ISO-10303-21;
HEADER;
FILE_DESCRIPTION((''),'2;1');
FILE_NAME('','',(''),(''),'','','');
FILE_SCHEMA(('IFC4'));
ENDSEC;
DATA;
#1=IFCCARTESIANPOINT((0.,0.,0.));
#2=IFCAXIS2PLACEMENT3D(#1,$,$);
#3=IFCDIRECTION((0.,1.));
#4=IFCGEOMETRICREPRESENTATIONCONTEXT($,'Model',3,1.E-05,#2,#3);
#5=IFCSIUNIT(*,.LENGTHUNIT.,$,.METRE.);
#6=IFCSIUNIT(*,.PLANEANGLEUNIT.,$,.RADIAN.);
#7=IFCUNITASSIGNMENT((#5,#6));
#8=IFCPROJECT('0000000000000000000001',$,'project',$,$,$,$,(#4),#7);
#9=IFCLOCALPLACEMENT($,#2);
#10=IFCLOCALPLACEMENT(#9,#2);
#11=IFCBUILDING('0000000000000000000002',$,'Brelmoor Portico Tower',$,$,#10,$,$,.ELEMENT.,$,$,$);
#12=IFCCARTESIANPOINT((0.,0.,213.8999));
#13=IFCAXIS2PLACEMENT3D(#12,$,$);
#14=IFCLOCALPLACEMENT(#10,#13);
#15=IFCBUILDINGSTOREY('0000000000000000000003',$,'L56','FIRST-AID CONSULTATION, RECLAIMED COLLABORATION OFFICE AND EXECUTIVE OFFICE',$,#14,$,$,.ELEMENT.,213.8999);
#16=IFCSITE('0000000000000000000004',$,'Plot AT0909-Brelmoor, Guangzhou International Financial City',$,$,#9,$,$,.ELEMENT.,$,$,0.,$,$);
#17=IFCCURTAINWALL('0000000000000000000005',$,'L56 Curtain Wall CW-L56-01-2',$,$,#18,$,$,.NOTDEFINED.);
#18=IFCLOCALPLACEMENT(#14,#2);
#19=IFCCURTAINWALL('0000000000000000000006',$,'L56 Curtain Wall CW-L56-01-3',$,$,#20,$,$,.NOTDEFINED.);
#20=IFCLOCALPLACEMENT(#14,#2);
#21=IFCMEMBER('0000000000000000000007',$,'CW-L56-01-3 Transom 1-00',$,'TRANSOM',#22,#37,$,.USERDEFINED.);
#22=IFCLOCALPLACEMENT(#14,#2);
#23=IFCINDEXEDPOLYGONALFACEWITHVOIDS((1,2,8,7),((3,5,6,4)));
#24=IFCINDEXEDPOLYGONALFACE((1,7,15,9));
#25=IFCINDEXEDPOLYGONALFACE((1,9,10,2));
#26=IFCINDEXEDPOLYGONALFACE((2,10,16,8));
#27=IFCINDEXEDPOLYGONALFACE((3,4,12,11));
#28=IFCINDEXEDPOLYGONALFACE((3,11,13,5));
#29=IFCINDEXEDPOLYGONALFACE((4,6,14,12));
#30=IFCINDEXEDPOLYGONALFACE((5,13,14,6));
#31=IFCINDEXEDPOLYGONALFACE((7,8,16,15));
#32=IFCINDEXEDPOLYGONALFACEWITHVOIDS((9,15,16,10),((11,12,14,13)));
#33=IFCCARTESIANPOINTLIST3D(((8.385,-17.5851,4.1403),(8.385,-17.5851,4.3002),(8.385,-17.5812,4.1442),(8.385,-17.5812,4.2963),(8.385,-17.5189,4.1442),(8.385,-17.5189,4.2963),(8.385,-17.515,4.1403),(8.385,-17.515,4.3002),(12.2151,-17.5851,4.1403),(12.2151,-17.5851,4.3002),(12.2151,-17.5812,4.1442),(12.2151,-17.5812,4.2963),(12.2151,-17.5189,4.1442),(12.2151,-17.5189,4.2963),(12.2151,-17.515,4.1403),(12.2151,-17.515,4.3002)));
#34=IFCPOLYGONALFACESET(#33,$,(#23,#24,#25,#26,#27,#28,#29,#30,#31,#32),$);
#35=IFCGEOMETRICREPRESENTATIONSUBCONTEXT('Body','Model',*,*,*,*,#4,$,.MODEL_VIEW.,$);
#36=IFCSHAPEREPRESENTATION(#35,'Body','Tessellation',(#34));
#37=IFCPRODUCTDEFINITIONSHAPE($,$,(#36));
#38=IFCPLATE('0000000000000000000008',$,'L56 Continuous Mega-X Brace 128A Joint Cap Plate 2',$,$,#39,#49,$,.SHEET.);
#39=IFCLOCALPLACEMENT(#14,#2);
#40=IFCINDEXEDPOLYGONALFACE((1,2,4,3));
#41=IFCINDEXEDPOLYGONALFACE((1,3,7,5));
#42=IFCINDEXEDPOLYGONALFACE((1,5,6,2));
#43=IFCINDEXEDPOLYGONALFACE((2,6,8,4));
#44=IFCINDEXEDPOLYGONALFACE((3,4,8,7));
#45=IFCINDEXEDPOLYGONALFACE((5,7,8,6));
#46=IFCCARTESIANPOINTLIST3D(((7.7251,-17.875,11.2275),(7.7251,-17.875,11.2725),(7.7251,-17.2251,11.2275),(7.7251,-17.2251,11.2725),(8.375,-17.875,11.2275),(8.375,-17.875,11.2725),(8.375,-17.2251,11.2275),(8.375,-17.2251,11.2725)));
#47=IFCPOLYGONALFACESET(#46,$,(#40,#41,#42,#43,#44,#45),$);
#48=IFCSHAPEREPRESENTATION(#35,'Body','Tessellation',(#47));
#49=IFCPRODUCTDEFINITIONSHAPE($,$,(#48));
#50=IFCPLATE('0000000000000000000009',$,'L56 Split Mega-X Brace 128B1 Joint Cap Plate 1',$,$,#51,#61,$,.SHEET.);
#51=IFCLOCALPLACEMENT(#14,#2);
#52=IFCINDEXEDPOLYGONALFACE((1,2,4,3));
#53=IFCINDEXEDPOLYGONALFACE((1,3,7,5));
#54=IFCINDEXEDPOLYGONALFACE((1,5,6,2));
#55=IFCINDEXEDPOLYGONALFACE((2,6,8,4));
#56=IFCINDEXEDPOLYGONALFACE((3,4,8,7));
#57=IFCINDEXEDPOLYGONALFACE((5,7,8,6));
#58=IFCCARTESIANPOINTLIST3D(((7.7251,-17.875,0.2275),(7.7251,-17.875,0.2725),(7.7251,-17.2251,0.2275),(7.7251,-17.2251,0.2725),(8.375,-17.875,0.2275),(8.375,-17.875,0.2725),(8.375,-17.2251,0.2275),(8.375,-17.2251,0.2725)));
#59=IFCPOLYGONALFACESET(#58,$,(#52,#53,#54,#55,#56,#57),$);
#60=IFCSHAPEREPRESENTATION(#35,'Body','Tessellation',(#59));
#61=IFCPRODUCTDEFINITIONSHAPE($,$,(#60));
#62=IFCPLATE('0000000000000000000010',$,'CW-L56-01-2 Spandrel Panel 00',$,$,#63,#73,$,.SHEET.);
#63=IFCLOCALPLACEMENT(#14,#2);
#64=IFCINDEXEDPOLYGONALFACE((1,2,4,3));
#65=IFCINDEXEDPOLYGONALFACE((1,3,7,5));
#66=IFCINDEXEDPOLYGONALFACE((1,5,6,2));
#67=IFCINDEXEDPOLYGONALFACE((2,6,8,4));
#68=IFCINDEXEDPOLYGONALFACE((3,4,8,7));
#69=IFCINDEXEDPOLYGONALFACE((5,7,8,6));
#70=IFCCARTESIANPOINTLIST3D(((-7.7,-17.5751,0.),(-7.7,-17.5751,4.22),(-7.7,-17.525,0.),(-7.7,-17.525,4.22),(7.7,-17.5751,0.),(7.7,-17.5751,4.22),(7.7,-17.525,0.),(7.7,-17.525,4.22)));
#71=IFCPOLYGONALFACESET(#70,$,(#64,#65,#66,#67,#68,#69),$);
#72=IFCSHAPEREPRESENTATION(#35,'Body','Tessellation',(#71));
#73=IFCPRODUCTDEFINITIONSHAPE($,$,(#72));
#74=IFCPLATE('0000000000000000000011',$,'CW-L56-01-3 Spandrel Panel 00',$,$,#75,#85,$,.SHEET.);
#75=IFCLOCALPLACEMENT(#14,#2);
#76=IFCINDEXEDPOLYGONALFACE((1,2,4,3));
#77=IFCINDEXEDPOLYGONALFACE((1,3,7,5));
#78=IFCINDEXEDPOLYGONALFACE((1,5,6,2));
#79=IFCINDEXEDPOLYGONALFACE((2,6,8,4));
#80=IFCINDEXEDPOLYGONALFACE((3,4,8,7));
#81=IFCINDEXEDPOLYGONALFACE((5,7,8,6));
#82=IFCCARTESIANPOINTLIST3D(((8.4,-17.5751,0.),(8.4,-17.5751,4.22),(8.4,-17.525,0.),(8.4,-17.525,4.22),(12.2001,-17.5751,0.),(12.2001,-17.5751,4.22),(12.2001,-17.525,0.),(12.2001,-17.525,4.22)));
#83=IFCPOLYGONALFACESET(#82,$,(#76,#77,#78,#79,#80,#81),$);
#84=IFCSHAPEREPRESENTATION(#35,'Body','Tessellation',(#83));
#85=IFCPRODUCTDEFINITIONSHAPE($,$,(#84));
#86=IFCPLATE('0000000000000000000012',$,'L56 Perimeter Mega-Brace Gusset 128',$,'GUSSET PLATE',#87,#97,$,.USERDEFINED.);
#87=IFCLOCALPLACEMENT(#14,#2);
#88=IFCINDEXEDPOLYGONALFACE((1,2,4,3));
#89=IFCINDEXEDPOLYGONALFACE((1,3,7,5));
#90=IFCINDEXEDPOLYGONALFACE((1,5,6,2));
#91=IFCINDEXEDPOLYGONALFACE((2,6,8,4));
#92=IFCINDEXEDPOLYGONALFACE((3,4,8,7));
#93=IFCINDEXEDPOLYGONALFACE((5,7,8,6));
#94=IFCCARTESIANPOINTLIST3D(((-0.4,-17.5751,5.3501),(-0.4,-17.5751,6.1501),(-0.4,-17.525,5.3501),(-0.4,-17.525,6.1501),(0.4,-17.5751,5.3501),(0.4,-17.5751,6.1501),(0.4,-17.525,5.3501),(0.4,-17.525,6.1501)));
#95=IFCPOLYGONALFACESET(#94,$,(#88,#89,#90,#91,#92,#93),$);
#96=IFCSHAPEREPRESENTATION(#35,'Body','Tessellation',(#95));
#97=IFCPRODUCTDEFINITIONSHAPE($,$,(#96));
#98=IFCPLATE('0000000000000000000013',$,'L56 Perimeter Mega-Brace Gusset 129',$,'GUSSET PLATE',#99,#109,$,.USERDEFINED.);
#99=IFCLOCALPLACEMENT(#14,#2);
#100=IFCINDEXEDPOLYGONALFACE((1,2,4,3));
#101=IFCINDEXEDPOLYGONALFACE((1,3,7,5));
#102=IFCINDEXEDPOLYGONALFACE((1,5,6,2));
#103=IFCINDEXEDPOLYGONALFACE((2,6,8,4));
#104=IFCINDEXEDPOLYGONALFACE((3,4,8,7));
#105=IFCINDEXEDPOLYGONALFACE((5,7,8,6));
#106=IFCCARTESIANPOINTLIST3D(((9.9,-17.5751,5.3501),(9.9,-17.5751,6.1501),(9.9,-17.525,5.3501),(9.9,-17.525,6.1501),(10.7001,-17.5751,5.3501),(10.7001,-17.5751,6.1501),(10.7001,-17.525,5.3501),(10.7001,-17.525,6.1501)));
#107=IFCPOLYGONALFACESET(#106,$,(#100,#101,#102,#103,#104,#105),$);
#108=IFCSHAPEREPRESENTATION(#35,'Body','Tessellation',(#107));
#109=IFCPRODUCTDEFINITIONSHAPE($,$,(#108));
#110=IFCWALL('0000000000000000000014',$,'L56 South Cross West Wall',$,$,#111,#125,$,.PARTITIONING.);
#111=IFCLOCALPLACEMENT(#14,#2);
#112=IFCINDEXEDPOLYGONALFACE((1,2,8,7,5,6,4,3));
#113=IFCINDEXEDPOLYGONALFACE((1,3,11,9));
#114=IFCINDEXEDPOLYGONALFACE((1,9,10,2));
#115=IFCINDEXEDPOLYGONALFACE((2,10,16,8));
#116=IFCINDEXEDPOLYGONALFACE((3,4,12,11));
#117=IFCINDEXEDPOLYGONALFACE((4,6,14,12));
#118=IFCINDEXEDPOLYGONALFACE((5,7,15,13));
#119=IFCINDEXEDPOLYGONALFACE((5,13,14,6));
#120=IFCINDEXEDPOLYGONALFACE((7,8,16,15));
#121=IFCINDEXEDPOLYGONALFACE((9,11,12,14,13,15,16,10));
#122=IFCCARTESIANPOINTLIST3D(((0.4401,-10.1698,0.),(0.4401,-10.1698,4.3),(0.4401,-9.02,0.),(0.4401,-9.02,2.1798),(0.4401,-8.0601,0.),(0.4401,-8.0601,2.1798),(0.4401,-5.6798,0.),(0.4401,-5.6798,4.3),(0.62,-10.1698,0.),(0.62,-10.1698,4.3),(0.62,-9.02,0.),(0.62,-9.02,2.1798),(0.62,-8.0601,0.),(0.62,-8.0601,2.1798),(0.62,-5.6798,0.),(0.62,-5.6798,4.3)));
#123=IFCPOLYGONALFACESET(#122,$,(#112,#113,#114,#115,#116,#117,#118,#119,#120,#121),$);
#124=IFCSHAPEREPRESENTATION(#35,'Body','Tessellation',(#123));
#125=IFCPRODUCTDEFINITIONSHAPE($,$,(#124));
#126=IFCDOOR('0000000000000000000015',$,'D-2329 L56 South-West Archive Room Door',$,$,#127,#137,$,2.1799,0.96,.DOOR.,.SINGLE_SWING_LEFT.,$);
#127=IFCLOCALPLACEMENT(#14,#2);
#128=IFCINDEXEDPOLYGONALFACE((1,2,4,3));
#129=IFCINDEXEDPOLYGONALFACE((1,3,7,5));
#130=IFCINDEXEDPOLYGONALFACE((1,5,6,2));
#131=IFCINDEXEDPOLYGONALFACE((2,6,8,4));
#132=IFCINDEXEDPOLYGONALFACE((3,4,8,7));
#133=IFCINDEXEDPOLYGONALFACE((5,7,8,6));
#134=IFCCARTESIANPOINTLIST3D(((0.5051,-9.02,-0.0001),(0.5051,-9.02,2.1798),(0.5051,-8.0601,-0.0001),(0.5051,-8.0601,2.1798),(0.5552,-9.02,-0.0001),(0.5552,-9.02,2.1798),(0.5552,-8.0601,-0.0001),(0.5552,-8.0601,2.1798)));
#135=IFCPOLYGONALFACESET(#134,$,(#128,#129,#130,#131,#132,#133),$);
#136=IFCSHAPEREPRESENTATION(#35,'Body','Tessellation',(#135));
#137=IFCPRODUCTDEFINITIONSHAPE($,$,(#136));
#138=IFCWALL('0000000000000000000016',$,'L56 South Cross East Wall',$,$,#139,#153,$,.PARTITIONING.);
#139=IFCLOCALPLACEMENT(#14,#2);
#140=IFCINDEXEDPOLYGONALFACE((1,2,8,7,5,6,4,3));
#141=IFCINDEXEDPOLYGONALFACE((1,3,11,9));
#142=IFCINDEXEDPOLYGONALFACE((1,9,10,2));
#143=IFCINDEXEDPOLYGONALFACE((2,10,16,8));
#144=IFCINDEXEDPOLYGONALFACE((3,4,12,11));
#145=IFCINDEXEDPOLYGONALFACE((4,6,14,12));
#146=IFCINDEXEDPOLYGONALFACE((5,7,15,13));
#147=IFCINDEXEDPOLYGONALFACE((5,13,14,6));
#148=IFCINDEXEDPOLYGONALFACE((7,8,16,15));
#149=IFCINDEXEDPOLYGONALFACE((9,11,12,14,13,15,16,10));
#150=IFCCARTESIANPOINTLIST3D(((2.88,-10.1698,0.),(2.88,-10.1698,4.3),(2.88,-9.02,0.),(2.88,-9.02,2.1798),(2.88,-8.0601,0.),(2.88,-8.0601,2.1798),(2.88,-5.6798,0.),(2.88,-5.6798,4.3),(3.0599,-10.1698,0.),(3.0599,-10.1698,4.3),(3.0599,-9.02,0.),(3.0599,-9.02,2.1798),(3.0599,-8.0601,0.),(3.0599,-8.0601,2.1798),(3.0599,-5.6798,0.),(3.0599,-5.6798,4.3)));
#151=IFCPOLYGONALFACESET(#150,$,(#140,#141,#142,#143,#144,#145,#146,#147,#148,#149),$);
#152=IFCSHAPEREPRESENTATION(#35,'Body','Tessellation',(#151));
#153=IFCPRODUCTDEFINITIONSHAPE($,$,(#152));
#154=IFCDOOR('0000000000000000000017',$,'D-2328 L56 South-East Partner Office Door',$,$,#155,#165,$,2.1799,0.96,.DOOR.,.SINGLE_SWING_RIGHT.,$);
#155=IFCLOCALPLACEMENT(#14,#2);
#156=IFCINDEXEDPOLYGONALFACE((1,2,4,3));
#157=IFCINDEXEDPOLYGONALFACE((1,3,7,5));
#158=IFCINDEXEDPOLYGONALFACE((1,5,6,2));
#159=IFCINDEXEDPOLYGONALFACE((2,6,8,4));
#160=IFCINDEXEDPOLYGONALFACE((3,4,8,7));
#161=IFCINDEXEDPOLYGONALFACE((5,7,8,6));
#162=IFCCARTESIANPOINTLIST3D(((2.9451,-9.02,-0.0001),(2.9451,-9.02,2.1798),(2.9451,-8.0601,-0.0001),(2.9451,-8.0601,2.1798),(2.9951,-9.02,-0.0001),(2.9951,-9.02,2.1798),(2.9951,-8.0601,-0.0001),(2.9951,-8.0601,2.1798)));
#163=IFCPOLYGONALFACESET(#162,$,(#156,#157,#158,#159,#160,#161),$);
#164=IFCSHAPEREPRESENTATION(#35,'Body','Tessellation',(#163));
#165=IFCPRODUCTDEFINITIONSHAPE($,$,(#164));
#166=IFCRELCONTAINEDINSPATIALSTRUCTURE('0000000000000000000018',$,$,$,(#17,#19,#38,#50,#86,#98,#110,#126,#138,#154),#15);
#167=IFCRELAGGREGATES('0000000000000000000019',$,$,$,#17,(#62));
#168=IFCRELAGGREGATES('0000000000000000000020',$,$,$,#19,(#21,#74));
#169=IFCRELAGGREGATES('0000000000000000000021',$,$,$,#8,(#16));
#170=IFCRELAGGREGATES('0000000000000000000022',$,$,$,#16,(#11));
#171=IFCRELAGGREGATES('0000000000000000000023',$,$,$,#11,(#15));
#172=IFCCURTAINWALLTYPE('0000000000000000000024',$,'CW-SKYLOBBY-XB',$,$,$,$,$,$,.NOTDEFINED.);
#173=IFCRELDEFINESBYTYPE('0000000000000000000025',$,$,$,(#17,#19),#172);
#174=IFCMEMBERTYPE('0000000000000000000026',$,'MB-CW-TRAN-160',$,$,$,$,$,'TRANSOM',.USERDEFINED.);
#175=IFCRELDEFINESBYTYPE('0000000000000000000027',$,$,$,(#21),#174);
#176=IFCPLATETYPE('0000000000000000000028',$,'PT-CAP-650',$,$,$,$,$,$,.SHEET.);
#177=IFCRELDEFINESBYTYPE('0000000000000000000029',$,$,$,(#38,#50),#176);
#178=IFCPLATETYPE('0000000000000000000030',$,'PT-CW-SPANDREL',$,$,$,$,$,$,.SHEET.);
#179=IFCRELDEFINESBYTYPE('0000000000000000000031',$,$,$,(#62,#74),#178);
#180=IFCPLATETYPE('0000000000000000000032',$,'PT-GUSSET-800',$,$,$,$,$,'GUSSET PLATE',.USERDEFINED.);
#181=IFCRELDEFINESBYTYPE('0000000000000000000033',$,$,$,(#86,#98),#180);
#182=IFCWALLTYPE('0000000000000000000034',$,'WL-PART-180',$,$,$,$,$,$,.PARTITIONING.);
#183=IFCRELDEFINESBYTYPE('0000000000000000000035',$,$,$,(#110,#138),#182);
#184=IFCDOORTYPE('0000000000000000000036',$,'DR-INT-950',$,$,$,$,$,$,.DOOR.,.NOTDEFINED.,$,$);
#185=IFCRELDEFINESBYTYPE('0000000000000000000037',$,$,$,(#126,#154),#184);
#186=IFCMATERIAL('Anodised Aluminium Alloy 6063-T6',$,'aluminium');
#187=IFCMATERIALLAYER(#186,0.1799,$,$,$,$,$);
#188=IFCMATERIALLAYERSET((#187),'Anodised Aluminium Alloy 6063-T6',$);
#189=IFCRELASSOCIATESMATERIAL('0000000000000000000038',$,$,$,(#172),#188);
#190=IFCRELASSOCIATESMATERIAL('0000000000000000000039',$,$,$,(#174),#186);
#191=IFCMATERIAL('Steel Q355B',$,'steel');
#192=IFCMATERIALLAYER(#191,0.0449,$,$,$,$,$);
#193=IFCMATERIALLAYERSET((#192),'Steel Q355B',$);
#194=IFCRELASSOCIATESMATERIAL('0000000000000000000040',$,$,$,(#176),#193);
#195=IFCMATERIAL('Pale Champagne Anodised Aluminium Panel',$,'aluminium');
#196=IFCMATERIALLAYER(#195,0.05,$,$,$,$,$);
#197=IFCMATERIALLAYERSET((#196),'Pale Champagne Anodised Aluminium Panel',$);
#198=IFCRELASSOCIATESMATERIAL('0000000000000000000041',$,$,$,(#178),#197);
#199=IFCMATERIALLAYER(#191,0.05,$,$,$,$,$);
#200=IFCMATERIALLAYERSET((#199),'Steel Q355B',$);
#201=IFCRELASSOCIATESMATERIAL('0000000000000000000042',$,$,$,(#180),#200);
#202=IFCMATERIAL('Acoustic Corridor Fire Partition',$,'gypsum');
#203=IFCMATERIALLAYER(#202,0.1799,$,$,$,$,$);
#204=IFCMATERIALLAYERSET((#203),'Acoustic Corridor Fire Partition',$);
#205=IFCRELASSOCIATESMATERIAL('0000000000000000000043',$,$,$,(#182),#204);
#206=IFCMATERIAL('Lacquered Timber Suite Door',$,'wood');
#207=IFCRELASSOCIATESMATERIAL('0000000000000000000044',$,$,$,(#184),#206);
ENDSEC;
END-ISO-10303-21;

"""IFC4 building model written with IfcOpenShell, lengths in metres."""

from ifc_helpers import new_model, si_unit, direction, frame, frame_2d, origin, origin_2d, place, context, subcontext, project, spatial, rectangle, hollow_rectangle, extrude, material, layer, layer_set, material_profile, profile_set, type_object, element, fill, aggregate, save


model = new_model("IFC4")

# Units and contexts
model_context = context("Model", 3, precision=1e-05, world=origin(), true_north=direction((0.0, 1.0)))
body_context = subcontext(model_context, "Body", "Model", "MODEL_VIEW")
ifc_project = project(units=[si_unit("LENGTHUNIT", "METRE"), si_unit("PLANEANGLEUNIT", "RADIAN")], contexts=[model_context])

# Site, building, storey
site_placement = place(None, origin())
site = spatial("IfcSite", under=ifc_project, at=site_placement, Name="Plot AT0909-Brelmoor, Guangzhou International Financial City", CompositionType="ELEMENT", RefElevation=0.0)
building_placement = place(site_placement, origin())
building = spatial("IfcBuilding", under=site, at=building_placement, Name="Brelmoor Portico Tower", CompositionType="ELEMENT")
storey_placement = place(building_placement, frame((0.0, 0.0, 213.8999)))
storey = spatial("IfcBuildingStorey", under=building, at=storey_placement, Name="L56", Description="FIRST-AID CONSULTATION, RECLAIMED COLLABORATION OFFICE AND EXECUTIVE OFFICE", CompositionType="ELEMENT", Elevation=213.8999)

# Shared definitions
ifc_material_1 = material(Name="Steel Q355B", Category="steel")

# Curtain wall
ifc_material_2 = material(Name="Anodised Aluminium Alloy 6063-T6", Category="aluminium")
ifc_layer_1 = layer(ifc_material_2, 0.1799)
ifc_layer_set_1 = layer_set([ifc_layer_1], Name="Anodised Aluminium Alloy 6063-T6")
curtain_wall_type = type_object("IfcCurtainWallType", Name="CW-SKYLOBBY-XB", PredefinedType="NOTDEFINED", material=ifc_layer_set_1)
curtain_wall_1_placement = place(storey_placement, origin())
curtain_wall_1 = element("IfcCurtainWall", 1, at=curtain_wall_1_placement, inside=storey, type_object=curtain_wall_type, Name="L56 Curtain Wall CW-L56-01-2", PredefinedType="NOTDEFINED")

# Curtain wall, member
curtain_wall_2_placement = place(storey_placement, origin())
curtain_wall_2 = element("IfcCurtainWall", 2, at=curtain_wall_2_placement, inside=storey, type_object=curtain_wall_type, Name="L56 Curtain Wall CW-L56-01-3", PredefinedType="NOTDEFINED")
ifc_material_profile_1 = material_profile(ifc_material_2, hollow_rectangle(XDim=0.0701, YDim=0.1599, WallThickness=0.0039, at=origin_2d()), Name="ALU TRANSOM 70x160")
ifc_profile_set_1 = profile_set([ifc_material_profile_1], Name="Anodised Aluminium Alloy 6063-T6")
member_type_1 = type_object("IfcMemberType", Name="MB-CW-TRAN-160", ElementType="TRANSOM", PredefinedType="USERDEFINED", material=ifc_profile_set_1)
member_1_placement = place(storey_placement, frame((8.385, -17.55, 4.2202), z_axis=(1.0, 0.0, 0.0), x_axis=(0.0, 1.0, 0.0)))
member_1 = element("IfcMember", 3, at=member_1_placement, type_object=member_type_1, Name="CW-L56-01-3 Transom 1-00", ObjectType="TRANSOM", PredefinedType="USERDEFINED", context=body_context, shape_type="SweptSolid", body=[
    extrude(hollow_rectangle(XDim=0.0701, YDim=0.1599, WallThickness=0.0039, at=origin_2d()), origin(), (0.0, 0.0, 1.0), 3.8301),
])

# Plates
ifc_layer_2 = layer(ifc_material_1, 0.0449)
ifc_layer_set_2 = layer_set([ifc_layer_2], Name="Steel Q355B")
plate_type_1 = type_object("IfcPlateType", Name="PT-CAP-650", PredefinedType="SHEET", material=ifc_layer_set_2)
for number, where, z_axis, x_axis, name in (
    (4, (8.05, -17.55, 11.2275), (0.0, 0.0, 1.0), (1.0, 0.0, 0.0), "L56 Continuous Mega-X Brace 128A Joint Cap Plate 2"),
    (5, (8.05, -17.55, 0.2275), (0.0, 0.0, 1.0), (1.0, 0.0, 0.0), "L56 Split Mega-X Brace 128B1 Joint Cap Plate 1"),
):
    element("IfcPlate", number, at=place(storey_placement, frame(where, z_axis=z_axis, x_axis=x_axis)), inside=storey, type_object=plate_type_1, Name=name, PredefinedType="SHEET", context=body_context, shape_type="SweptSolid", body=[
        extrude(rectangle(XDim=0.6499, YDim=0.6499, at=origin_2d()), origin(), (0.0, 0.0, 1.0), 0.0449),
    ])

# Plates
ifc_material_3 = material(Name="Pale Champagne Anodised Aluminium Panel", Category="aluminium")
ifc_layer_3 = layer(ifc_material_3, 0.05)
ifc_layer_set_3 = layer_set([ifc_layer_3], Name="Pale Champagne Anodised Aluminium Panel")
plate_type_2 = type_object("IfcPlateType", Name="PT-CW-SPANDREL", PredefinedType="SHEET", material=ifc_layer_set_3)
plate_1_placement = place(storey_placement, frame((0.0, -17.55, 0.0), z_axis=(0.0, 0.0, 1.0), x_axis=(1.0, 0.0, 0.0)))
plate_1 = element("IfcPlate", 6, at=plate_1_placement, type_object=plate_type_2, Name="CW-L56-01-2 Spandrel Panel 00", PredefinedType="SHEET", context=body_context, shape_type="SweptSolid", body=[
    extrude(rectangle(XDim=15.3999, YDim=0.05, at=origin_2d()), origin(), (0.0, 0.0, 1.0), 4.22),
])
aggregate(curtain_wall_1, [plate_1])
plate_2_placement = place(storey_placement, frame((10.3, -17.55, 0.0), z_axis=(0.0, 0.0, 1.0), x_axis=(1.0, 0.0, 0.0)))
plate_2 = element("IfcPlate", 7, at=plate_2_placement, type_object=plate_type_2, Name="CW-L56-01-3 Spandrel Panel 00", PredefinedType="SHEET", context=body_context, shape_type="SweptSolid", body=[
    extrude(rectangle(XDim=3.8, YDim=0.05, at=origin_2d()), origin(), (0.0, 0.0, 1.0), 4.22),
])
aggregate(curtain_wall_2, [member_1, plate_2])

# Plates
ifc_layer_4 = layer(ifc_material_1, 0.05)
ifc_layer_set_4 = layer_set([ifc_layer_4], Name="Steel Q355B")
plate_type_3 = type_object("IfcPlateType", Name="PT-GUSSET-800", ElementType="GUSSET PLATE", PredefinedType="USERDEFINED", material=ifc_layer_set_4)
for number, where, z_axis, x_axis, name in (
    (8, (0.0, -17.55, 5.3501), (0.0, 0.0, 1.0), (1.0, 0.0, 0.0), "L56 Perimeter Mega-Brace Gusset 128"),
    (9, (10.3, -17.55, 5.3501), (0.0, 0.0, 1.0), (1.0, 0.0, 0.0), "L56 Perimeter Mega-Brace Gusset 129"),
):
    element("IfcPlate", number, at=place(storey_placement, frame(where, z_axis=z_axis, x_axis=x_axis)), inside=storey, type_object=plate_type_3, Name=name, ObjectType="GUSSET PLATE", PredefinedType="USERDEFINED", context=body_context, shape_type="SweptSolid", body=[
        extrude(rectangle(XDim=0.8, YDim=0.05, at=origin_2d()), origin(), (0.0, 0.0, 1.0), 0.8),
    ])

# Walls, openings, doors
ifc_material_4 = material(Name="Acoustic Corridor Fire Partition", Category="gypsum")
ifc_layer_5 = layer(ifc_material_4, 0.1799)
ifc_layer_set_5 = layer_set([ifc_layer_5], Name="Acoustic Corridor Fire Partition")
wall_type = type_object("IfcWallType", Name="WL-PART-180", PredefinedType="PARTITIONING", material=ifc_layer_set_5)
wall_1_placement = place(storey_placement, frame((0.53, -10.1699, 0.0), z_axis=(0.0, 0.0, 1.0), x_axis=(0.0, 1.0, 0.0)))
wall_1 = element("IfcWall", 10, at=wall_1_placement, inside=storey, type_object=wall_type, Name="L56 South Cross West Wall", PredefinedType="PARTITIONING", context=body_context, shape_type="SweptSolid", body=[
    extrude(rectangle(XDim=4.49, YDim=0.1799, at=frame_2d((2.2451, 0.0))), origin(), (0.0, 0.0, 1.0), 4.3),
])
opening_1_placement = place(wall_1_placement, frame((1.1499, 0.0, 0.0)))
opening_1 = element("IfcOpeningElement", 11, at=opening_1_placement, cuts=wall_1, PredefinedType="OPENING", context=body_context, shape_type="SweptSolid", body=[
    extrude(rectangle(XDim=0.96, YDim=2.1799, at=frame_2d((0.48, 1.0898))), frame((0.0, 0.0999, 0.0), z_axis=(0.0, -1.0, 0.0), x_axis=(1.0, 0.0, 0.0)), (0.0, 0.0, 1.0), 0.2),
])
ifc_material_5 = material(Name="Lacquered Timber Suite Door", Category="wood")
door_type_1 = type_object("IfcDoorType", Name="DR-INT-950", OperationType="NOTDEFINED", PredefinedType="DOOR", material=ifc_material_5)
door_1_placement = place(opening_1_placement, origin())
door_1 = element("IfcDoor", 12, at=door_1_placement, inside=storey, type_object=door_type_1, Name="D-2329 L56 South-West Archive Room Door", OperationType="SINGLE_SWING_LEFT", OverallHeight=2.1799, OverallWidth=0.96, PredefinedType="DOOR", context=body_context, shape_type="SweptSolid", body=[
    extrude(rectangle(XDim=0.96, YDim=2.1799, at=frame_2d((0.48, 1.0898))), frame((0.0, 0.0249, 0.0), z_axis=(0.0, -1.0, 0.0), x_axis=(1.0, 0.0, 0.0)), (0.0, 0.0, 1.0), 0.05),
])
fill(opening_1, door_1)
wall_2_placement = place(storey_placement, frame((2.97, -10.1699, 0.0), z_axis=(0.0, 0.0, 1.0), x_axis=(0.0, 1.0, 0.0)))
wall_2 = element("IfcWall", 13, at=wall_2_placement, inside=storey, type_object=wall_type, Name="L56 South Cross East Wall", PredefinedType="PARTITIONING", context=body_context, shape_type="SweptSolid", body=[
    extrude(rectangle(XDim=4.49, YDim=0.1799, at=frame_2d((2.2451, 0.0))), origin(), (0.0, 0.0, 1.0), 4.3),
])
opening_2_placement = place(wall_2_placement, frame((1.1499, 0.0, 0.0)))
opening_2 = element("IfcOpeningElement", 14, at=opening_2_placement, cuts=wall_2, PredefinedType="OPENING", context=body_context, shape_type="SweptSolid", body=[
    extrude(rectangle(XDim=0.96, YDim=2.1799, at=frame_2d((0.48, 1.0898))), frame((0.0, 0.0999, 0.0), z_axis=(0.0, -1.0, 0.0), x_axis=(1.0, 0.0, 0.0)), (0.0, 0.0, 1.0), 0.2),
])
door_2_placement = place(opening_2_placement, origin())
door_2 = element("IfcDoor", 15, at=door_2_placement, inside=storey, type_object=door_type_1, Name="D-2328 L56 South-East Partner Office Door", OperationType="SINGLE_SWING_RIGHT", OverallHeight=2.1799, OverallWidth=0.96, PredefinedType="DOOR", context=body_context, shape_type="SweptSolid", body=[
    extrude(rectangle(XDim=0.96, YDim=2.1799, at=frame_2d((0.48, 1.0898))), frame((0.0, 0.0249, 0.0), z_axis=(0.0, -1.0, 0.0), x_axis=(1.0, 0.0, 0.0)), (0.0, 0.0, 1.0), 0.05),
])
fill(opening_2, door_2)

save(model, "model.ifc")
